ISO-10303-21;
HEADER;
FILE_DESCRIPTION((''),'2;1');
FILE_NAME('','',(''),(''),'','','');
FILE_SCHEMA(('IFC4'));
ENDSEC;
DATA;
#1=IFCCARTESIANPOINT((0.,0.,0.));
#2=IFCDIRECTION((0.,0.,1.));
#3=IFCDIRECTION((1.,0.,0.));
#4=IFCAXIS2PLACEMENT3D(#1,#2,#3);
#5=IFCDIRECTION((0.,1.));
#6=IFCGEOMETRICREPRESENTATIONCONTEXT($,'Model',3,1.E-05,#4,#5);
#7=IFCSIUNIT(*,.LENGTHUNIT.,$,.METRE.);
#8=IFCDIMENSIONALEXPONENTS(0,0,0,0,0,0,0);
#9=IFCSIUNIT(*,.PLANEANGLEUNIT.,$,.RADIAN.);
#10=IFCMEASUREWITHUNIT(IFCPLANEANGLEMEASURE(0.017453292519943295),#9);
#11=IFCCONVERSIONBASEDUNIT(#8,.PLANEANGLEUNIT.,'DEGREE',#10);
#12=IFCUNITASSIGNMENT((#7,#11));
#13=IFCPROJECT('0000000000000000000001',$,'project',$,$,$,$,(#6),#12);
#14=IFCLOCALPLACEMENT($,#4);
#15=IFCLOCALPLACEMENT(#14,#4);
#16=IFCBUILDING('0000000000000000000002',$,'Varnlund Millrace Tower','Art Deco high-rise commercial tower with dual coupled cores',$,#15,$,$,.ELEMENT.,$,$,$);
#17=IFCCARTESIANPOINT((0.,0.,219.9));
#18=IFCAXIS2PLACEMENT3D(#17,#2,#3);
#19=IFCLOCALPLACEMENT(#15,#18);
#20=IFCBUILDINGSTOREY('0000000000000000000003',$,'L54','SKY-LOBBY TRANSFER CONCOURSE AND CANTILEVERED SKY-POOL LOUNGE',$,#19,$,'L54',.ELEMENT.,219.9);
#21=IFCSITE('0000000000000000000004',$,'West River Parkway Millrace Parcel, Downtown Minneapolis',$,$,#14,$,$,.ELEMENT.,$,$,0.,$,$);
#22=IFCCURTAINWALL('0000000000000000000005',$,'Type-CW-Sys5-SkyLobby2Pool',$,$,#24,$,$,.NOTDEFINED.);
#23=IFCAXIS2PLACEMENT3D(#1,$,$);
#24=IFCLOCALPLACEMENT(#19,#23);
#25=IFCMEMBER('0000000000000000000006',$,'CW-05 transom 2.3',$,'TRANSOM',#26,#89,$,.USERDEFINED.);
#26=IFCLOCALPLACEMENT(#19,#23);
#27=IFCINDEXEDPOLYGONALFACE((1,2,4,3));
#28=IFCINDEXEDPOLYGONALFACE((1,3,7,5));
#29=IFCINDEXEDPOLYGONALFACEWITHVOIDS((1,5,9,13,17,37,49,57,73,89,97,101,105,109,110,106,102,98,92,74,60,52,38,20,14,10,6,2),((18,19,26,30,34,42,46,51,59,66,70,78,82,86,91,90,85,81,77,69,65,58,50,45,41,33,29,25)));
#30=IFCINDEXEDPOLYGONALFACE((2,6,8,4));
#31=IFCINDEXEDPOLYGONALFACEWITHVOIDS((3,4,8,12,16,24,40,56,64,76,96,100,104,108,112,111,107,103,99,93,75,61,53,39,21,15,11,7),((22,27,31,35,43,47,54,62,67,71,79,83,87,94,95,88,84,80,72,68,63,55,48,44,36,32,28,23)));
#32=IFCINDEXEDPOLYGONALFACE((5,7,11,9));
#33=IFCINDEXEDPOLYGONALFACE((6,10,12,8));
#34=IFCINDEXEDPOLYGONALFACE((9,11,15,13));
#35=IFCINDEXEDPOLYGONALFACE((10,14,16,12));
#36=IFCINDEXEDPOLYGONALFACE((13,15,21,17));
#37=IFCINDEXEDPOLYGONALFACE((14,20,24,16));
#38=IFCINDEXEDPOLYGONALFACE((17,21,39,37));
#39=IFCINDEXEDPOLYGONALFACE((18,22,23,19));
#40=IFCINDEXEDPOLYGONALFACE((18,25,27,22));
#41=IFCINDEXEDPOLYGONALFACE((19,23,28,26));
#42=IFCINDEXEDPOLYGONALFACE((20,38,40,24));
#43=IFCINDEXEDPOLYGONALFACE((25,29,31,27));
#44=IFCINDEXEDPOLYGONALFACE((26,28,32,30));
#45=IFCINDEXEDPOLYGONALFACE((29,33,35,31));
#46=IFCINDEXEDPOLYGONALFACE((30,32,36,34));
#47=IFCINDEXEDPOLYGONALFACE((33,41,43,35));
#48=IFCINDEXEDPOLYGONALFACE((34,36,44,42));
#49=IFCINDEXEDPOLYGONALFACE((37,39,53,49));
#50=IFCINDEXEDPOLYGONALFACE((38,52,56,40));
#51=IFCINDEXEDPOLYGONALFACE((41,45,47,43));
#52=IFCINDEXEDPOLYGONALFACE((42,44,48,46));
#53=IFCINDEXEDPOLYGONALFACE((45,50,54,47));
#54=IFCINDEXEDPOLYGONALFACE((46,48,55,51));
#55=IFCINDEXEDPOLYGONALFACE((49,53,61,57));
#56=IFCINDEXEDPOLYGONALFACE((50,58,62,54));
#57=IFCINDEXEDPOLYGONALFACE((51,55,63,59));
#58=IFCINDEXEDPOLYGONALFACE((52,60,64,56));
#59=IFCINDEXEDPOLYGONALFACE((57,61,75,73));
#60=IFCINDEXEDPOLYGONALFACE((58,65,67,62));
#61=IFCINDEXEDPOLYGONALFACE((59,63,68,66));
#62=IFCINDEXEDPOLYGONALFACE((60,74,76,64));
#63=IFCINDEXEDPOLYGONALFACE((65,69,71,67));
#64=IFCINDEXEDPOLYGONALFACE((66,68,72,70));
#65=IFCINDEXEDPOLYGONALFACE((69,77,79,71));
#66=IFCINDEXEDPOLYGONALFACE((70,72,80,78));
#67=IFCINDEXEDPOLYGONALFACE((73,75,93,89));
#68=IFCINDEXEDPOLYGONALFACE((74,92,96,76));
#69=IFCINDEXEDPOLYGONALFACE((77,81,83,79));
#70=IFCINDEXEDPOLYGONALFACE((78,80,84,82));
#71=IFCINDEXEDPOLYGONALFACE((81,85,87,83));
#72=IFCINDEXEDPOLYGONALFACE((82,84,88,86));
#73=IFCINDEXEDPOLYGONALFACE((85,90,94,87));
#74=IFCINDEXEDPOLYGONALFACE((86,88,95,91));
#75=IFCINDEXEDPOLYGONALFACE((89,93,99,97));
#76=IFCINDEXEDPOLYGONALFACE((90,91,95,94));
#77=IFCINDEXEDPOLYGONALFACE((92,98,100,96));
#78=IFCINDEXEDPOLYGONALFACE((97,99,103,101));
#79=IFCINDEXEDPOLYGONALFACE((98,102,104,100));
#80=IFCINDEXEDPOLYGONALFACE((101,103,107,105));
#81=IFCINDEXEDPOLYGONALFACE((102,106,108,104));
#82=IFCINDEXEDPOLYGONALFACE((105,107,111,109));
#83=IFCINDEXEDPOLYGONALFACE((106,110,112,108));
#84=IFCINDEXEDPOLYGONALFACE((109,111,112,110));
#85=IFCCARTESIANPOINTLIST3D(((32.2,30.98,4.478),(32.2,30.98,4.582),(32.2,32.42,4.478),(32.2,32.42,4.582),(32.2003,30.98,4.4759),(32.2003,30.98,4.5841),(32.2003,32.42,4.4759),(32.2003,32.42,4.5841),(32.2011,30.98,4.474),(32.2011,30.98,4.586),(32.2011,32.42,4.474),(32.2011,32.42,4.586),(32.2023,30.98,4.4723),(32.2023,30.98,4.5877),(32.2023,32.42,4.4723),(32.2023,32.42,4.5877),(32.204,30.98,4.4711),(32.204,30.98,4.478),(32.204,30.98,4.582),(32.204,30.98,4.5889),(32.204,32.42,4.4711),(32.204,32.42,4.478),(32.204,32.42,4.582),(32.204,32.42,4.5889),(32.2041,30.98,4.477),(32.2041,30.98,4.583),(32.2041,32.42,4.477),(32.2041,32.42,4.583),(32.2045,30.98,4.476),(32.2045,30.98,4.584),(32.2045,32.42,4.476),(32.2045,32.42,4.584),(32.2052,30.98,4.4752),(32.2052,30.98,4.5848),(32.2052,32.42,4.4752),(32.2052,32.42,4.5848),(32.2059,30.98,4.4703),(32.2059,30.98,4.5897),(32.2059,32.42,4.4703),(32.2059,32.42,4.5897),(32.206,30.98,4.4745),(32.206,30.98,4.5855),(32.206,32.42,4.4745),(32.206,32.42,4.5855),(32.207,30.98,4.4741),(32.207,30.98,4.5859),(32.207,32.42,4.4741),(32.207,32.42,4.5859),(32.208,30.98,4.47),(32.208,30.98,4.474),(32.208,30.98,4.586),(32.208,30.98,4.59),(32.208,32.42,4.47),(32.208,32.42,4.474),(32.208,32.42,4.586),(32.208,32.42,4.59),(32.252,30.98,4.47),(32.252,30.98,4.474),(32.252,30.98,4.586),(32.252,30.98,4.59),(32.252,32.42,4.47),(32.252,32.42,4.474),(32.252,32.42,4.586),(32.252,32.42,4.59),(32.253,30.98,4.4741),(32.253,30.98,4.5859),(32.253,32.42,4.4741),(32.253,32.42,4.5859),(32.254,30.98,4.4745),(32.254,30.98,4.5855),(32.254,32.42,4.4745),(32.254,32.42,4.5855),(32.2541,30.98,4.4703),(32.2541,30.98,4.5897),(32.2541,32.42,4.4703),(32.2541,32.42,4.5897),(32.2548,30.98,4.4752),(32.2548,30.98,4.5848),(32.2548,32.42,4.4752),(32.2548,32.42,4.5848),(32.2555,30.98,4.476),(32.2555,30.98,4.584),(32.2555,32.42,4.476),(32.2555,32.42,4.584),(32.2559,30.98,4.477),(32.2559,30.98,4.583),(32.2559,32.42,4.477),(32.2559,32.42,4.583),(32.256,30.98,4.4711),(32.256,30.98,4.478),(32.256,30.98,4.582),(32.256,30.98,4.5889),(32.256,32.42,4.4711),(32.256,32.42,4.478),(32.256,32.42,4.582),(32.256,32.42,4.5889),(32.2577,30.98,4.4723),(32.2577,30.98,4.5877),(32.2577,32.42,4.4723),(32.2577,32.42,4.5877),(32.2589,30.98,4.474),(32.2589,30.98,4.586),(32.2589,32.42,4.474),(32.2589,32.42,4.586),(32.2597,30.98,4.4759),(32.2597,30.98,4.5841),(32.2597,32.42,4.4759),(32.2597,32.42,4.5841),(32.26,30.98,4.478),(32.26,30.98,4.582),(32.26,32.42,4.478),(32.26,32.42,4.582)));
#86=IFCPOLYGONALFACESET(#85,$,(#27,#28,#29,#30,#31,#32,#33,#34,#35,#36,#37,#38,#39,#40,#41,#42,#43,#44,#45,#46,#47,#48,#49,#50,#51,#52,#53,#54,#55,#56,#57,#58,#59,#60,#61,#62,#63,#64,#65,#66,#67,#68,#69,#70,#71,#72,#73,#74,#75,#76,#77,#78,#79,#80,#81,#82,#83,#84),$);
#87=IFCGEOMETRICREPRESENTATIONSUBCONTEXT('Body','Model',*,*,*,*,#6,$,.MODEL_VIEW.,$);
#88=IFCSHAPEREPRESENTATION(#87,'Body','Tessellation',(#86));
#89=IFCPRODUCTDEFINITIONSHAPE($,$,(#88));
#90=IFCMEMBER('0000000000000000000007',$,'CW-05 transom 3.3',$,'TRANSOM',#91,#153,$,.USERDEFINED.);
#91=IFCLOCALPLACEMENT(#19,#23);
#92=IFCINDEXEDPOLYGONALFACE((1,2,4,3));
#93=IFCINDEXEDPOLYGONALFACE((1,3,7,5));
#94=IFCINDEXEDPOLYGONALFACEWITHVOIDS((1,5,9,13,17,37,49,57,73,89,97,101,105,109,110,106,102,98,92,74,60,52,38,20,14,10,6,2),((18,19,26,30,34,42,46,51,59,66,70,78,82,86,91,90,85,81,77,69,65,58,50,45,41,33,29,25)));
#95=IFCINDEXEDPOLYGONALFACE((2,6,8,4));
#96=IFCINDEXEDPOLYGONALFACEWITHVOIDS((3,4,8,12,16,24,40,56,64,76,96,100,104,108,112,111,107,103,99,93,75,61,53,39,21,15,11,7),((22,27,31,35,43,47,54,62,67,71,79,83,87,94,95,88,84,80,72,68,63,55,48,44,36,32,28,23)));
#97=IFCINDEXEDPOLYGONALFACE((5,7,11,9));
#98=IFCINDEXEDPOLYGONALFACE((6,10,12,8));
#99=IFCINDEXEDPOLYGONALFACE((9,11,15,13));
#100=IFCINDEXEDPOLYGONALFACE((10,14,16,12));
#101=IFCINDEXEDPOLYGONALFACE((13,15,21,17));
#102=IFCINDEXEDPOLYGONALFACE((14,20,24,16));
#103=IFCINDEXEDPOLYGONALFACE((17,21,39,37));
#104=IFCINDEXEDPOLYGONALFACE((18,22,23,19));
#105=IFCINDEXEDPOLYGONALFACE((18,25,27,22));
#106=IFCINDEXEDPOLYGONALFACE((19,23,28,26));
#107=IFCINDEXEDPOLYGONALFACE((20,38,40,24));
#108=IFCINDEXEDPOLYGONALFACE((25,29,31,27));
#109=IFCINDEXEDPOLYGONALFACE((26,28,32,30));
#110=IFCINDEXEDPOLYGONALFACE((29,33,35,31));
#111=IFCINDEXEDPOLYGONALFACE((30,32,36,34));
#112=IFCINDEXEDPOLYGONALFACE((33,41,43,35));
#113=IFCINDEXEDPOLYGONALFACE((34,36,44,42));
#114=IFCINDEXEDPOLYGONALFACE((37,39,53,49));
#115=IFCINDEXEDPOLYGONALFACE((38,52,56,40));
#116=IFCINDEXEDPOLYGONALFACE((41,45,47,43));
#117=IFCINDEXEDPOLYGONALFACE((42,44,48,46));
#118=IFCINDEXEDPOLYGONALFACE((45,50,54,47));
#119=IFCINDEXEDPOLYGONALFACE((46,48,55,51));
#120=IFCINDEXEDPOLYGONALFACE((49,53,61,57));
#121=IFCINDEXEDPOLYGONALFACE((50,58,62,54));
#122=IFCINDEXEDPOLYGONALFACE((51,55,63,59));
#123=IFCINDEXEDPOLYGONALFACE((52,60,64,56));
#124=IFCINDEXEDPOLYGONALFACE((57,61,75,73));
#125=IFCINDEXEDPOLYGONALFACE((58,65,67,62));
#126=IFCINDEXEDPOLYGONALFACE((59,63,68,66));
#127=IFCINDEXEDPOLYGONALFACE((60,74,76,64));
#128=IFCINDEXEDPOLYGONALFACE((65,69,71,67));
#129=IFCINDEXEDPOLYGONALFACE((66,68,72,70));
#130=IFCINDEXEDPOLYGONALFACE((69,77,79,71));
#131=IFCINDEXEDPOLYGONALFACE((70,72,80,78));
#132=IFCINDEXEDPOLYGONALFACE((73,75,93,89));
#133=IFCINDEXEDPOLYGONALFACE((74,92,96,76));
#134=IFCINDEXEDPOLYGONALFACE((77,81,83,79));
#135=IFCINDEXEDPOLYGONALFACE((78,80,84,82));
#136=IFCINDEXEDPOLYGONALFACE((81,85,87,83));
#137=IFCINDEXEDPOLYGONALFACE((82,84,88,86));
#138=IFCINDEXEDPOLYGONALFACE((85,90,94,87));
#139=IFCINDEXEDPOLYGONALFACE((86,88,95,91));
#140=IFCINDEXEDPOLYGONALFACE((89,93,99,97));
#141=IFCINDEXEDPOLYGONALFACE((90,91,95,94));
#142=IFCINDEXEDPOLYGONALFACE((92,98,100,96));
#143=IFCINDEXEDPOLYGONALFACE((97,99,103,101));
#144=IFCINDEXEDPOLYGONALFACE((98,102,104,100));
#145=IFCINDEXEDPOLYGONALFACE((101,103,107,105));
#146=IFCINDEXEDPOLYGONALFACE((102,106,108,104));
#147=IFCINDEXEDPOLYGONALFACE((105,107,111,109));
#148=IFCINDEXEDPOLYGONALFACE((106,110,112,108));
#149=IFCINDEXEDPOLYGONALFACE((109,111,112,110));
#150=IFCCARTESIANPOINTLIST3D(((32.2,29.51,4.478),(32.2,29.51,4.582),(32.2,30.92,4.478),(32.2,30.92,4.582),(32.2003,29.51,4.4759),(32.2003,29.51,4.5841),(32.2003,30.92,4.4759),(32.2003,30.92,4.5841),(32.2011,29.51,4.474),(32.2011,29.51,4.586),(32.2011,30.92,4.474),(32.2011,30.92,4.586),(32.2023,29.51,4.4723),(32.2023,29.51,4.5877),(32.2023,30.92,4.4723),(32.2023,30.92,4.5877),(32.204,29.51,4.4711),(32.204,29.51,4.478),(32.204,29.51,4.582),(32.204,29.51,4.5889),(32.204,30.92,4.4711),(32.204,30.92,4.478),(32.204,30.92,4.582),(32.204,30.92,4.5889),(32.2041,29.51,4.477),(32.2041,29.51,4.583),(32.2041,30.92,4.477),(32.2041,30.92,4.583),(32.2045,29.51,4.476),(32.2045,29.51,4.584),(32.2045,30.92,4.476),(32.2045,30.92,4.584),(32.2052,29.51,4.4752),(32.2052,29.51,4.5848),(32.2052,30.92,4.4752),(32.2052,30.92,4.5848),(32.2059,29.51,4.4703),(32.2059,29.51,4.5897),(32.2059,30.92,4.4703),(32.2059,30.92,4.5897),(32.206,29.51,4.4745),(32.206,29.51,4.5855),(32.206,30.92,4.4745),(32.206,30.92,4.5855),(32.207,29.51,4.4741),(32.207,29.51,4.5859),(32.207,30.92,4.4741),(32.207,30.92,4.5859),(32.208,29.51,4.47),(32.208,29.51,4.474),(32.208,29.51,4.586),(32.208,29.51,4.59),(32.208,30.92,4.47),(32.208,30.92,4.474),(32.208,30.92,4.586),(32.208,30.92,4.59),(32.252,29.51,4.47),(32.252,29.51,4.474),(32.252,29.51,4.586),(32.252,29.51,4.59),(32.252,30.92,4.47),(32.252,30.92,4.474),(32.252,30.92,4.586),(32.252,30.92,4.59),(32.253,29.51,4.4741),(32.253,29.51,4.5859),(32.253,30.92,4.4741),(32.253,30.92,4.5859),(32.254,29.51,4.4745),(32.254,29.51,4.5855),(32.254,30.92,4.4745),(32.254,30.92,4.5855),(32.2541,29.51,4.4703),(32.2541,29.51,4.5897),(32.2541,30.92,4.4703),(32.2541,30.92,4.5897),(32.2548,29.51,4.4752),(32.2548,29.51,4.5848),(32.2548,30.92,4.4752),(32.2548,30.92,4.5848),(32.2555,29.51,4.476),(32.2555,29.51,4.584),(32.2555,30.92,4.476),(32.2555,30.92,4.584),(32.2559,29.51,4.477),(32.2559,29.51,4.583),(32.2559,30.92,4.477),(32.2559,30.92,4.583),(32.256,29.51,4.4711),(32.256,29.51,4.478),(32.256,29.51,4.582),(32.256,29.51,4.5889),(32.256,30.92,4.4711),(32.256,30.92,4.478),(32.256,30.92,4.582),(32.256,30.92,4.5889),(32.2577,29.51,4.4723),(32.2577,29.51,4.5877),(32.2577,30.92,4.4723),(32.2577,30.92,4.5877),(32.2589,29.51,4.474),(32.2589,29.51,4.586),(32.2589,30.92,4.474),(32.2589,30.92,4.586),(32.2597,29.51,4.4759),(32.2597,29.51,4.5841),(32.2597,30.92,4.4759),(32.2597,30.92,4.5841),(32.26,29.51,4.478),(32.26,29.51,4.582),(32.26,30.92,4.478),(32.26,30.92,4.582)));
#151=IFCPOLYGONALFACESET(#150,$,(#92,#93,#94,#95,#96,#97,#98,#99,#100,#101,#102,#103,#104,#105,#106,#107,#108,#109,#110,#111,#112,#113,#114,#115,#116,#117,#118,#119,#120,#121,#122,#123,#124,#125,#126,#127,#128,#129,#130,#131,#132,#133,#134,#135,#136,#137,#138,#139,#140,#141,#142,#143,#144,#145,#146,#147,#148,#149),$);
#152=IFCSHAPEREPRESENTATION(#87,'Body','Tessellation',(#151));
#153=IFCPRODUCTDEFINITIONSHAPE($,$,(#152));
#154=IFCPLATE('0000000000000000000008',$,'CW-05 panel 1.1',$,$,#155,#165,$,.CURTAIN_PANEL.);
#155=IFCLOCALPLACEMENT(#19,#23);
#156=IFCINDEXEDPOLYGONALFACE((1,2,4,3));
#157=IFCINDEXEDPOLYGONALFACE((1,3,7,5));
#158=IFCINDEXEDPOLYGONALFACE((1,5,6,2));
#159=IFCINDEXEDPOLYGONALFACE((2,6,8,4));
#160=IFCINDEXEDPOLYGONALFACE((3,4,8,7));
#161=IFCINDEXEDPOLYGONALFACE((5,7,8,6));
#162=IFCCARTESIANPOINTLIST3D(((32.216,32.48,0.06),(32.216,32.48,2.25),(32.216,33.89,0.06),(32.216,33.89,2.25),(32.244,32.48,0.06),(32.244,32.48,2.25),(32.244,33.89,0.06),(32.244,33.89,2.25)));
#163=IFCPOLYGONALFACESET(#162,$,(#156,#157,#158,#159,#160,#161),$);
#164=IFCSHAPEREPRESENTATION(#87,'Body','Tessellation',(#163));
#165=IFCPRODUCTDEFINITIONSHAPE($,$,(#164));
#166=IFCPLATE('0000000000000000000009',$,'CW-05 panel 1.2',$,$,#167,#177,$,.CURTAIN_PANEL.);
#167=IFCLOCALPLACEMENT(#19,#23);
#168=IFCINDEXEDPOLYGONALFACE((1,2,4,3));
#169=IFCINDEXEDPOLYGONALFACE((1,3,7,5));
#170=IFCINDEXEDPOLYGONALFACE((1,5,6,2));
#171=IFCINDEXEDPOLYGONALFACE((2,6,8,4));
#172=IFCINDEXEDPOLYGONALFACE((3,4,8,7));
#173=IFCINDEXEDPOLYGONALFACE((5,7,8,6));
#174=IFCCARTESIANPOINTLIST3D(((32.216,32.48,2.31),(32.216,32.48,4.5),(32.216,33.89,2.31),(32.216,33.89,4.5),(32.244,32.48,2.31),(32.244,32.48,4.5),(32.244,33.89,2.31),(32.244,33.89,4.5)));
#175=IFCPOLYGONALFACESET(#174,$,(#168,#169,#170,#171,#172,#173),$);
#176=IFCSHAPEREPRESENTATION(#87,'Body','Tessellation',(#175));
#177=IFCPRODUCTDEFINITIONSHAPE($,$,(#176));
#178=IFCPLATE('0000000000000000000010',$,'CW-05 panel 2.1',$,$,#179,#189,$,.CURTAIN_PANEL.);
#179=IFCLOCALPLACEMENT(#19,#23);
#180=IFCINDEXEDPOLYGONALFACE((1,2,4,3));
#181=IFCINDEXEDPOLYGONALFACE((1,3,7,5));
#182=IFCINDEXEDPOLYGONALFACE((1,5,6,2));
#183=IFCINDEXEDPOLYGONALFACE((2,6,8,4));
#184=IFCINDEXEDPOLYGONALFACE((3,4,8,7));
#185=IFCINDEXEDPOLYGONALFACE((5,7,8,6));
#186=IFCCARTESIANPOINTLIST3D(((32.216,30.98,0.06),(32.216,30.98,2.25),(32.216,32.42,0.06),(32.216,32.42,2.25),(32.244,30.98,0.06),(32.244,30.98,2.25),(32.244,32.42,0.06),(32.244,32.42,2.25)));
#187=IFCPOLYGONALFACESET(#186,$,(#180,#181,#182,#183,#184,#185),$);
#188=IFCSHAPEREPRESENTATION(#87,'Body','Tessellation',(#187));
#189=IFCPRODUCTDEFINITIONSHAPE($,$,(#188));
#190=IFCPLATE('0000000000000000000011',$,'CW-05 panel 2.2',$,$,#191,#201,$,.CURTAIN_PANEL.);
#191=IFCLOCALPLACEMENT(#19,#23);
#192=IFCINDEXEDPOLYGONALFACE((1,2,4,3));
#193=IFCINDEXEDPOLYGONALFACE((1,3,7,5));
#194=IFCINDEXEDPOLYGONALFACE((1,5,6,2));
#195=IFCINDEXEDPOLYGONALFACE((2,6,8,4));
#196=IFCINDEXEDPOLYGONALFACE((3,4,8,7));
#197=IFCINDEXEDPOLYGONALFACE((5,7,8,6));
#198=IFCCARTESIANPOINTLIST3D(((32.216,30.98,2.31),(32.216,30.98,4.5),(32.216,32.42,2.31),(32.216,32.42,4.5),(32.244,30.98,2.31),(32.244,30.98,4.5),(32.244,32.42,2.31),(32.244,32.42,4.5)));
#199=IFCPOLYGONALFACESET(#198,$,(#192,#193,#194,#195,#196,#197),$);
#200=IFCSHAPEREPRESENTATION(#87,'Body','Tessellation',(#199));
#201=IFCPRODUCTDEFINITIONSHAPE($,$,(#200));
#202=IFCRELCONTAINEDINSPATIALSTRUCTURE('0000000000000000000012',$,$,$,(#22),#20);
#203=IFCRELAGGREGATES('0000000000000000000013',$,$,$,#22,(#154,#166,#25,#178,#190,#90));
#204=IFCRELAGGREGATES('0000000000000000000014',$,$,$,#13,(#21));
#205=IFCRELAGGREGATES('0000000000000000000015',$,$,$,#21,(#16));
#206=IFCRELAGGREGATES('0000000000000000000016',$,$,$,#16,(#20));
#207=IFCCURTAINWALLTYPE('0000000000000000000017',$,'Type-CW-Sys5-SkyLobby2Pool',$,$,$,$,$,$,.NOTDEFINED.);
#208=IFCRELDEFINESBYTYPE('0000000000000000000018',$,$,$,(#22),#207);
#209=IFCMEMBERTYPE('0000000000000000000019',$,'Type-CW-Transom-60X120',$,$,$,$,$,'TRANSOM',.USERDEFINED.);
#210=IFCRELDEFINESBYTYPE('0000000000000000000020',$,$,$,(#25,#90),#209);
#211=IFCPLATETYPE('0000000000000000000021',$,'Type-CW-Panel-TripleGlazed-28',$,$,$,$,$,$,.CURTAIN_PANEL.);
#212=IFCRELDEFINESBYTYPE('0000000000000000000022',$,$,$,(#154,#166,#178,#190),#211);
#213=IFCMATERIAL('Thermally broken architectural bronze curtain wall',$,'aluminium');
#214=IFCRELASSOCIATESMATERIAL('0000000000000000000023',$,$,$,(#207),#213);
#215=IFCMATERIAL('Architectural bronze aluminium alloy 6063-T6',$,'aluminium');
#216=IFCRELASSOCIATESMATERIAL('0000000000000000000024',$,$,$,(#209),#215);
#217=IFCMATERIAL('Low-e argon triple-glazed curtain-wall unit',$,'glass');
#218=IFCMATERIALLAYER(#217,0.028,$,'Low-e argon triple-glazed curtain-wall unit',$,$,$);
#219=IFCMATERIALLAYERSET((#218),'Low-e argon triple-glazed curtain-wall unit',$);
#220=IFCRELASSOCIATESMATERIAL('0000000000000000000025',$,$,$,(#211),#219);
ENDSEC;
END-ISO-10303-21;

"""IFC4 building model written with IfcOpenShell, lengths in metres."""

from ifc_helpers import new_model, entity, si_unit, converted_unit, direction, frame, origin_with_axes, origin_2d_with_axis, place, context, subcontext, project, spatial, rectangle, hollow_rectangle, extrude, material, layer, layer_set, material_profile, profile_set, type_object, element, aggregate, save


model = new_model("IFC4")

# Units and contexts
model_context = context("Model", 3, precision=1e-05, world=origin_with_axes(), true_north=direction((0.0, 1.0)))
body_context = subcontext(model_context, "Body", "Model", "MODEL_VIEW")
ifc_project = project(units=[si_unit("LENGTHUNIT", "METRE"), converted_unit("PLANEANGLEUNIT", "DEGREE", entity("IfcPlaneAngleMeasure", 0.017453292519943295), si_unit("PLANEANGLEUNIT", "RADIAN"), dimensions=[0, 0, 0, 0, 0, 0, 0])], contexts=[model_context])

# Site, building, storey
site_placement = place(None, origin_with_axes())
site = spatial("IfcSite", under=ifc_project, at=site_placement, Name="West River Parkway Millrace Parcel, Downtown Minneapolis", CompositionType="ELEMENT", RefElevation=0.0)
building_placement = place(site_placement, origin_with_axes())
building = spatial("IfcBuilding", under=site, at=building_placement, Name="Varnlund Millrace Tower", Description="Art Deco high-rise commercial tower with dual coupled cores", CompositionType="ELEMENT")
storey_placement = place(building_placement, frame((0.0, 0.0, 219.9), z_axis=(0.0, 0.0, 1.0), x_axis=(1.0, 0.0, 0.0)))
storey = spatial("IfcBuildingStorey", under=building, at=storey_placement, Name="L54", Description="SKY-LOBBY TRANSFER CONCOURSE AND CANTILEVERED SKY-POOL LOUNGE", LongName="L54", CompositionType="ELEMENT", Elevation=219.9)

# Curtain wall, members, plates
ifc_material_1 = material(Name="Thermally broken architectural bronze curtain wall", Category="aluminium")
curtain_wall_type = type_object("IfcCurtainWallType", Name="Type-CW-Sys5-SkyLobby2Pool", PredefinedType="NOTDEFINED", material=ifc_material_1)
curtain_wall_placement = place(storey_placement, frame((32.23, 33.95, 0.0), z_axis=(0.0, 0.0, 1.0), x_axis=(1.0, 0.0, 0.0)))
curtain_wall = element("IfcCurtainWall", 1, at=curtain_wall_placement, inside=storey, type_object=curtain_wall_type, Name="Type-CW-Sys5-SkyLobby2Pool", PredefinedType="NOTDEFINED")
ifc_material_2 = material(Name="Architectural bronze aluminium alloy 6063-T6", Category="aluminium")
ifc_material_profile_1 = material_profile(ifc_material_2, hollow_rectangle(XDim=0.06, YDim=0.12, WallThickness=0.004, InnerFilletRadius=0.004, OuterFilletRadius=0.008, at=origin_2d_with_axis()), Name="Architectural bronze aluminium alloy 6063-T6")
ifc_profile_set_1 = profile_set([ifc_material_profile_1], Name="Architectural bronze aluminium alloy 6063-T6")
member_type_1 = type_object("IfcMemberType", Name="Type-CW-Transom-60X120", ElementType="TRANSOM", PredefinedType="USERDEFINED", material=ifc_profile_set_1)
member_1_placement = place(storey_placement, frame((32.23, 32.42, 4.53), z_axis=(0.0, -1.0, 0.0), x_axis=(1.0, 0.0, 0.0)))
member_1 = element("IfcMember", 2, at=member_1_placement, type_object=member_type_1, Name="CW-05 transom 2.3", ObjectType="TRANSOM", PredefinedType="USERDEFINED", context=body_context, shape_type="SweptSolid", body=[
    extrude(hollow_rectangle(XDim=0.06, YDim=0.12, WallThickness=0.004, InnerFilletRadius=0.004, OuterFilletRadius=0.008, at=origin_2d_with_axis()), origin_with_axes(), (0.0, 0.0, 1.0), 1.44),
])
member_2_placement = place(storey_placement, frame((32.23, 30.92, 4.53), z_axis=(0.0, -1.0, 0.0), x_axis=(1.0, 0.0, 0.0)))
member_2 = element("IfcMember", 3, at=member_2_placement, type_object=member_type_1, Name="CW-05 transom 3.3", ObjectType="TRANSOM", PredefinedType="USERDEFINED", context=body_context, shape_type="SweptSolid", body=[
    extrude(hollow_rectangle(XDim=0.06, YDim=0.12, WallThickness=0.004, InnerFilletRadius=0.004, OuterFilletRadius=0.008, at=origin_2d_with_axis()), origin_with_axes(), (0.0, 0.0, 1.0), 1.41),
])
ifc_material_3 = material(Name="Low-e argon triple-glazed curtain-wall unit", Category="glass")
ifc_layer_1 = layer(ifc_material_3, 0.028, Name="Low-e argon triple-glazed curtain-wall unit")
ifc_layer_set_1 = layer_set([ifc_layer_1], Name="Low-e argon triple-glazed curtain-wall unit")
plate_type = type_object("IfcPlateType", Name="Type-CW-Panel-TripleGlazed-28", PredefinedType="CURTAIN_PANEL", material=ifc_layer_set_1)
plate_1_placement = place(storey_placement, frame((32.23, 33.185, 0.06), z_axis=(0.0, 0.0, 1.0), x_axis=(0.0, -1.0, 0.0)))
plate_1 = element("IfcPlate", 4, at=plate_1_placement, type_object=plate_type, Name="CW-05 panel 1.1", PredefinedType="CURTAIN_PANEL", context=body_context, shape_type="SweptSolid", body=[
    extrude(rectangle(XDim=1.41, YDim=0.028, at=origin_2d_with_axis()), origin_with_axes(), (0.0, 0.0, 1.0), 2.19),
])
plate_2_placement = place(storey_placement, frame((32.23, 33.185, 2.31), z_axis=(0.0, 0.0, 1.0), x_axis=(0.0, -1.0, 0.0)))
plate_2 = element("IfcPlate", 5, at=plate_2_placement, type_object=plate_type, Name="CW-05 panel 1.2", PredefinedType="CURTAIN_PANEL", context=body_context, shape_type="SweptSolid", body=[
    extrude(rectangle(XDim=1.41, YDim=0.028, at=origin_2d_with_axis()), origin_with_axes(), (0.0, 0.0, 1.0), 2.19),
])
plate_3_placement = place(storey_placement, frame((32.23, 31.7, 0.06), z_axis=(0.0, 0.0, 1.0), x_axis=(0.0, -1.0, 0.0)))
plate_3 = element("IfcPlate", 6, at=plate_3_placement, type_object=plate_type, Name="CW-05 panel 2.1", PredefinedType="CURTAIN_PANEL", context=body_context, shape_type="SweptSolid", body=[
    extrude(rectangle(XDim=1.44, YDim=0.028, at=origin_2d_with_axis()), origin_with_axes(), (0.0, 0.0, 1.0), 2.19),
])
plate_4_placement = place(storey_placement, frame((32.23, 31.7, 2.31), z_axis=(0.0, 0.0, 1.0), x_axis=(0.0, -1.0, 0.0)))
plate_4 = element("IfcPlate", 7, at=plate_4_placement, type_object=plate_type, Name="CW-05 panel 2.2", PredefinedType="CURTAIN_PANEL", context=body_context, shape_type="SweptSolid", body=[
    extrude(rectangle(XDim=1.44, YDim=0.028, at=origin_2d_with_axis()), origin_with_axes(), (0.0, 0.0, 1.0), 2.19),
])
aggregate(curtain_wall, [plate_1, plate_2, member_1, plate_3, plate_4, member_2])

save(model, "model.ifc")
